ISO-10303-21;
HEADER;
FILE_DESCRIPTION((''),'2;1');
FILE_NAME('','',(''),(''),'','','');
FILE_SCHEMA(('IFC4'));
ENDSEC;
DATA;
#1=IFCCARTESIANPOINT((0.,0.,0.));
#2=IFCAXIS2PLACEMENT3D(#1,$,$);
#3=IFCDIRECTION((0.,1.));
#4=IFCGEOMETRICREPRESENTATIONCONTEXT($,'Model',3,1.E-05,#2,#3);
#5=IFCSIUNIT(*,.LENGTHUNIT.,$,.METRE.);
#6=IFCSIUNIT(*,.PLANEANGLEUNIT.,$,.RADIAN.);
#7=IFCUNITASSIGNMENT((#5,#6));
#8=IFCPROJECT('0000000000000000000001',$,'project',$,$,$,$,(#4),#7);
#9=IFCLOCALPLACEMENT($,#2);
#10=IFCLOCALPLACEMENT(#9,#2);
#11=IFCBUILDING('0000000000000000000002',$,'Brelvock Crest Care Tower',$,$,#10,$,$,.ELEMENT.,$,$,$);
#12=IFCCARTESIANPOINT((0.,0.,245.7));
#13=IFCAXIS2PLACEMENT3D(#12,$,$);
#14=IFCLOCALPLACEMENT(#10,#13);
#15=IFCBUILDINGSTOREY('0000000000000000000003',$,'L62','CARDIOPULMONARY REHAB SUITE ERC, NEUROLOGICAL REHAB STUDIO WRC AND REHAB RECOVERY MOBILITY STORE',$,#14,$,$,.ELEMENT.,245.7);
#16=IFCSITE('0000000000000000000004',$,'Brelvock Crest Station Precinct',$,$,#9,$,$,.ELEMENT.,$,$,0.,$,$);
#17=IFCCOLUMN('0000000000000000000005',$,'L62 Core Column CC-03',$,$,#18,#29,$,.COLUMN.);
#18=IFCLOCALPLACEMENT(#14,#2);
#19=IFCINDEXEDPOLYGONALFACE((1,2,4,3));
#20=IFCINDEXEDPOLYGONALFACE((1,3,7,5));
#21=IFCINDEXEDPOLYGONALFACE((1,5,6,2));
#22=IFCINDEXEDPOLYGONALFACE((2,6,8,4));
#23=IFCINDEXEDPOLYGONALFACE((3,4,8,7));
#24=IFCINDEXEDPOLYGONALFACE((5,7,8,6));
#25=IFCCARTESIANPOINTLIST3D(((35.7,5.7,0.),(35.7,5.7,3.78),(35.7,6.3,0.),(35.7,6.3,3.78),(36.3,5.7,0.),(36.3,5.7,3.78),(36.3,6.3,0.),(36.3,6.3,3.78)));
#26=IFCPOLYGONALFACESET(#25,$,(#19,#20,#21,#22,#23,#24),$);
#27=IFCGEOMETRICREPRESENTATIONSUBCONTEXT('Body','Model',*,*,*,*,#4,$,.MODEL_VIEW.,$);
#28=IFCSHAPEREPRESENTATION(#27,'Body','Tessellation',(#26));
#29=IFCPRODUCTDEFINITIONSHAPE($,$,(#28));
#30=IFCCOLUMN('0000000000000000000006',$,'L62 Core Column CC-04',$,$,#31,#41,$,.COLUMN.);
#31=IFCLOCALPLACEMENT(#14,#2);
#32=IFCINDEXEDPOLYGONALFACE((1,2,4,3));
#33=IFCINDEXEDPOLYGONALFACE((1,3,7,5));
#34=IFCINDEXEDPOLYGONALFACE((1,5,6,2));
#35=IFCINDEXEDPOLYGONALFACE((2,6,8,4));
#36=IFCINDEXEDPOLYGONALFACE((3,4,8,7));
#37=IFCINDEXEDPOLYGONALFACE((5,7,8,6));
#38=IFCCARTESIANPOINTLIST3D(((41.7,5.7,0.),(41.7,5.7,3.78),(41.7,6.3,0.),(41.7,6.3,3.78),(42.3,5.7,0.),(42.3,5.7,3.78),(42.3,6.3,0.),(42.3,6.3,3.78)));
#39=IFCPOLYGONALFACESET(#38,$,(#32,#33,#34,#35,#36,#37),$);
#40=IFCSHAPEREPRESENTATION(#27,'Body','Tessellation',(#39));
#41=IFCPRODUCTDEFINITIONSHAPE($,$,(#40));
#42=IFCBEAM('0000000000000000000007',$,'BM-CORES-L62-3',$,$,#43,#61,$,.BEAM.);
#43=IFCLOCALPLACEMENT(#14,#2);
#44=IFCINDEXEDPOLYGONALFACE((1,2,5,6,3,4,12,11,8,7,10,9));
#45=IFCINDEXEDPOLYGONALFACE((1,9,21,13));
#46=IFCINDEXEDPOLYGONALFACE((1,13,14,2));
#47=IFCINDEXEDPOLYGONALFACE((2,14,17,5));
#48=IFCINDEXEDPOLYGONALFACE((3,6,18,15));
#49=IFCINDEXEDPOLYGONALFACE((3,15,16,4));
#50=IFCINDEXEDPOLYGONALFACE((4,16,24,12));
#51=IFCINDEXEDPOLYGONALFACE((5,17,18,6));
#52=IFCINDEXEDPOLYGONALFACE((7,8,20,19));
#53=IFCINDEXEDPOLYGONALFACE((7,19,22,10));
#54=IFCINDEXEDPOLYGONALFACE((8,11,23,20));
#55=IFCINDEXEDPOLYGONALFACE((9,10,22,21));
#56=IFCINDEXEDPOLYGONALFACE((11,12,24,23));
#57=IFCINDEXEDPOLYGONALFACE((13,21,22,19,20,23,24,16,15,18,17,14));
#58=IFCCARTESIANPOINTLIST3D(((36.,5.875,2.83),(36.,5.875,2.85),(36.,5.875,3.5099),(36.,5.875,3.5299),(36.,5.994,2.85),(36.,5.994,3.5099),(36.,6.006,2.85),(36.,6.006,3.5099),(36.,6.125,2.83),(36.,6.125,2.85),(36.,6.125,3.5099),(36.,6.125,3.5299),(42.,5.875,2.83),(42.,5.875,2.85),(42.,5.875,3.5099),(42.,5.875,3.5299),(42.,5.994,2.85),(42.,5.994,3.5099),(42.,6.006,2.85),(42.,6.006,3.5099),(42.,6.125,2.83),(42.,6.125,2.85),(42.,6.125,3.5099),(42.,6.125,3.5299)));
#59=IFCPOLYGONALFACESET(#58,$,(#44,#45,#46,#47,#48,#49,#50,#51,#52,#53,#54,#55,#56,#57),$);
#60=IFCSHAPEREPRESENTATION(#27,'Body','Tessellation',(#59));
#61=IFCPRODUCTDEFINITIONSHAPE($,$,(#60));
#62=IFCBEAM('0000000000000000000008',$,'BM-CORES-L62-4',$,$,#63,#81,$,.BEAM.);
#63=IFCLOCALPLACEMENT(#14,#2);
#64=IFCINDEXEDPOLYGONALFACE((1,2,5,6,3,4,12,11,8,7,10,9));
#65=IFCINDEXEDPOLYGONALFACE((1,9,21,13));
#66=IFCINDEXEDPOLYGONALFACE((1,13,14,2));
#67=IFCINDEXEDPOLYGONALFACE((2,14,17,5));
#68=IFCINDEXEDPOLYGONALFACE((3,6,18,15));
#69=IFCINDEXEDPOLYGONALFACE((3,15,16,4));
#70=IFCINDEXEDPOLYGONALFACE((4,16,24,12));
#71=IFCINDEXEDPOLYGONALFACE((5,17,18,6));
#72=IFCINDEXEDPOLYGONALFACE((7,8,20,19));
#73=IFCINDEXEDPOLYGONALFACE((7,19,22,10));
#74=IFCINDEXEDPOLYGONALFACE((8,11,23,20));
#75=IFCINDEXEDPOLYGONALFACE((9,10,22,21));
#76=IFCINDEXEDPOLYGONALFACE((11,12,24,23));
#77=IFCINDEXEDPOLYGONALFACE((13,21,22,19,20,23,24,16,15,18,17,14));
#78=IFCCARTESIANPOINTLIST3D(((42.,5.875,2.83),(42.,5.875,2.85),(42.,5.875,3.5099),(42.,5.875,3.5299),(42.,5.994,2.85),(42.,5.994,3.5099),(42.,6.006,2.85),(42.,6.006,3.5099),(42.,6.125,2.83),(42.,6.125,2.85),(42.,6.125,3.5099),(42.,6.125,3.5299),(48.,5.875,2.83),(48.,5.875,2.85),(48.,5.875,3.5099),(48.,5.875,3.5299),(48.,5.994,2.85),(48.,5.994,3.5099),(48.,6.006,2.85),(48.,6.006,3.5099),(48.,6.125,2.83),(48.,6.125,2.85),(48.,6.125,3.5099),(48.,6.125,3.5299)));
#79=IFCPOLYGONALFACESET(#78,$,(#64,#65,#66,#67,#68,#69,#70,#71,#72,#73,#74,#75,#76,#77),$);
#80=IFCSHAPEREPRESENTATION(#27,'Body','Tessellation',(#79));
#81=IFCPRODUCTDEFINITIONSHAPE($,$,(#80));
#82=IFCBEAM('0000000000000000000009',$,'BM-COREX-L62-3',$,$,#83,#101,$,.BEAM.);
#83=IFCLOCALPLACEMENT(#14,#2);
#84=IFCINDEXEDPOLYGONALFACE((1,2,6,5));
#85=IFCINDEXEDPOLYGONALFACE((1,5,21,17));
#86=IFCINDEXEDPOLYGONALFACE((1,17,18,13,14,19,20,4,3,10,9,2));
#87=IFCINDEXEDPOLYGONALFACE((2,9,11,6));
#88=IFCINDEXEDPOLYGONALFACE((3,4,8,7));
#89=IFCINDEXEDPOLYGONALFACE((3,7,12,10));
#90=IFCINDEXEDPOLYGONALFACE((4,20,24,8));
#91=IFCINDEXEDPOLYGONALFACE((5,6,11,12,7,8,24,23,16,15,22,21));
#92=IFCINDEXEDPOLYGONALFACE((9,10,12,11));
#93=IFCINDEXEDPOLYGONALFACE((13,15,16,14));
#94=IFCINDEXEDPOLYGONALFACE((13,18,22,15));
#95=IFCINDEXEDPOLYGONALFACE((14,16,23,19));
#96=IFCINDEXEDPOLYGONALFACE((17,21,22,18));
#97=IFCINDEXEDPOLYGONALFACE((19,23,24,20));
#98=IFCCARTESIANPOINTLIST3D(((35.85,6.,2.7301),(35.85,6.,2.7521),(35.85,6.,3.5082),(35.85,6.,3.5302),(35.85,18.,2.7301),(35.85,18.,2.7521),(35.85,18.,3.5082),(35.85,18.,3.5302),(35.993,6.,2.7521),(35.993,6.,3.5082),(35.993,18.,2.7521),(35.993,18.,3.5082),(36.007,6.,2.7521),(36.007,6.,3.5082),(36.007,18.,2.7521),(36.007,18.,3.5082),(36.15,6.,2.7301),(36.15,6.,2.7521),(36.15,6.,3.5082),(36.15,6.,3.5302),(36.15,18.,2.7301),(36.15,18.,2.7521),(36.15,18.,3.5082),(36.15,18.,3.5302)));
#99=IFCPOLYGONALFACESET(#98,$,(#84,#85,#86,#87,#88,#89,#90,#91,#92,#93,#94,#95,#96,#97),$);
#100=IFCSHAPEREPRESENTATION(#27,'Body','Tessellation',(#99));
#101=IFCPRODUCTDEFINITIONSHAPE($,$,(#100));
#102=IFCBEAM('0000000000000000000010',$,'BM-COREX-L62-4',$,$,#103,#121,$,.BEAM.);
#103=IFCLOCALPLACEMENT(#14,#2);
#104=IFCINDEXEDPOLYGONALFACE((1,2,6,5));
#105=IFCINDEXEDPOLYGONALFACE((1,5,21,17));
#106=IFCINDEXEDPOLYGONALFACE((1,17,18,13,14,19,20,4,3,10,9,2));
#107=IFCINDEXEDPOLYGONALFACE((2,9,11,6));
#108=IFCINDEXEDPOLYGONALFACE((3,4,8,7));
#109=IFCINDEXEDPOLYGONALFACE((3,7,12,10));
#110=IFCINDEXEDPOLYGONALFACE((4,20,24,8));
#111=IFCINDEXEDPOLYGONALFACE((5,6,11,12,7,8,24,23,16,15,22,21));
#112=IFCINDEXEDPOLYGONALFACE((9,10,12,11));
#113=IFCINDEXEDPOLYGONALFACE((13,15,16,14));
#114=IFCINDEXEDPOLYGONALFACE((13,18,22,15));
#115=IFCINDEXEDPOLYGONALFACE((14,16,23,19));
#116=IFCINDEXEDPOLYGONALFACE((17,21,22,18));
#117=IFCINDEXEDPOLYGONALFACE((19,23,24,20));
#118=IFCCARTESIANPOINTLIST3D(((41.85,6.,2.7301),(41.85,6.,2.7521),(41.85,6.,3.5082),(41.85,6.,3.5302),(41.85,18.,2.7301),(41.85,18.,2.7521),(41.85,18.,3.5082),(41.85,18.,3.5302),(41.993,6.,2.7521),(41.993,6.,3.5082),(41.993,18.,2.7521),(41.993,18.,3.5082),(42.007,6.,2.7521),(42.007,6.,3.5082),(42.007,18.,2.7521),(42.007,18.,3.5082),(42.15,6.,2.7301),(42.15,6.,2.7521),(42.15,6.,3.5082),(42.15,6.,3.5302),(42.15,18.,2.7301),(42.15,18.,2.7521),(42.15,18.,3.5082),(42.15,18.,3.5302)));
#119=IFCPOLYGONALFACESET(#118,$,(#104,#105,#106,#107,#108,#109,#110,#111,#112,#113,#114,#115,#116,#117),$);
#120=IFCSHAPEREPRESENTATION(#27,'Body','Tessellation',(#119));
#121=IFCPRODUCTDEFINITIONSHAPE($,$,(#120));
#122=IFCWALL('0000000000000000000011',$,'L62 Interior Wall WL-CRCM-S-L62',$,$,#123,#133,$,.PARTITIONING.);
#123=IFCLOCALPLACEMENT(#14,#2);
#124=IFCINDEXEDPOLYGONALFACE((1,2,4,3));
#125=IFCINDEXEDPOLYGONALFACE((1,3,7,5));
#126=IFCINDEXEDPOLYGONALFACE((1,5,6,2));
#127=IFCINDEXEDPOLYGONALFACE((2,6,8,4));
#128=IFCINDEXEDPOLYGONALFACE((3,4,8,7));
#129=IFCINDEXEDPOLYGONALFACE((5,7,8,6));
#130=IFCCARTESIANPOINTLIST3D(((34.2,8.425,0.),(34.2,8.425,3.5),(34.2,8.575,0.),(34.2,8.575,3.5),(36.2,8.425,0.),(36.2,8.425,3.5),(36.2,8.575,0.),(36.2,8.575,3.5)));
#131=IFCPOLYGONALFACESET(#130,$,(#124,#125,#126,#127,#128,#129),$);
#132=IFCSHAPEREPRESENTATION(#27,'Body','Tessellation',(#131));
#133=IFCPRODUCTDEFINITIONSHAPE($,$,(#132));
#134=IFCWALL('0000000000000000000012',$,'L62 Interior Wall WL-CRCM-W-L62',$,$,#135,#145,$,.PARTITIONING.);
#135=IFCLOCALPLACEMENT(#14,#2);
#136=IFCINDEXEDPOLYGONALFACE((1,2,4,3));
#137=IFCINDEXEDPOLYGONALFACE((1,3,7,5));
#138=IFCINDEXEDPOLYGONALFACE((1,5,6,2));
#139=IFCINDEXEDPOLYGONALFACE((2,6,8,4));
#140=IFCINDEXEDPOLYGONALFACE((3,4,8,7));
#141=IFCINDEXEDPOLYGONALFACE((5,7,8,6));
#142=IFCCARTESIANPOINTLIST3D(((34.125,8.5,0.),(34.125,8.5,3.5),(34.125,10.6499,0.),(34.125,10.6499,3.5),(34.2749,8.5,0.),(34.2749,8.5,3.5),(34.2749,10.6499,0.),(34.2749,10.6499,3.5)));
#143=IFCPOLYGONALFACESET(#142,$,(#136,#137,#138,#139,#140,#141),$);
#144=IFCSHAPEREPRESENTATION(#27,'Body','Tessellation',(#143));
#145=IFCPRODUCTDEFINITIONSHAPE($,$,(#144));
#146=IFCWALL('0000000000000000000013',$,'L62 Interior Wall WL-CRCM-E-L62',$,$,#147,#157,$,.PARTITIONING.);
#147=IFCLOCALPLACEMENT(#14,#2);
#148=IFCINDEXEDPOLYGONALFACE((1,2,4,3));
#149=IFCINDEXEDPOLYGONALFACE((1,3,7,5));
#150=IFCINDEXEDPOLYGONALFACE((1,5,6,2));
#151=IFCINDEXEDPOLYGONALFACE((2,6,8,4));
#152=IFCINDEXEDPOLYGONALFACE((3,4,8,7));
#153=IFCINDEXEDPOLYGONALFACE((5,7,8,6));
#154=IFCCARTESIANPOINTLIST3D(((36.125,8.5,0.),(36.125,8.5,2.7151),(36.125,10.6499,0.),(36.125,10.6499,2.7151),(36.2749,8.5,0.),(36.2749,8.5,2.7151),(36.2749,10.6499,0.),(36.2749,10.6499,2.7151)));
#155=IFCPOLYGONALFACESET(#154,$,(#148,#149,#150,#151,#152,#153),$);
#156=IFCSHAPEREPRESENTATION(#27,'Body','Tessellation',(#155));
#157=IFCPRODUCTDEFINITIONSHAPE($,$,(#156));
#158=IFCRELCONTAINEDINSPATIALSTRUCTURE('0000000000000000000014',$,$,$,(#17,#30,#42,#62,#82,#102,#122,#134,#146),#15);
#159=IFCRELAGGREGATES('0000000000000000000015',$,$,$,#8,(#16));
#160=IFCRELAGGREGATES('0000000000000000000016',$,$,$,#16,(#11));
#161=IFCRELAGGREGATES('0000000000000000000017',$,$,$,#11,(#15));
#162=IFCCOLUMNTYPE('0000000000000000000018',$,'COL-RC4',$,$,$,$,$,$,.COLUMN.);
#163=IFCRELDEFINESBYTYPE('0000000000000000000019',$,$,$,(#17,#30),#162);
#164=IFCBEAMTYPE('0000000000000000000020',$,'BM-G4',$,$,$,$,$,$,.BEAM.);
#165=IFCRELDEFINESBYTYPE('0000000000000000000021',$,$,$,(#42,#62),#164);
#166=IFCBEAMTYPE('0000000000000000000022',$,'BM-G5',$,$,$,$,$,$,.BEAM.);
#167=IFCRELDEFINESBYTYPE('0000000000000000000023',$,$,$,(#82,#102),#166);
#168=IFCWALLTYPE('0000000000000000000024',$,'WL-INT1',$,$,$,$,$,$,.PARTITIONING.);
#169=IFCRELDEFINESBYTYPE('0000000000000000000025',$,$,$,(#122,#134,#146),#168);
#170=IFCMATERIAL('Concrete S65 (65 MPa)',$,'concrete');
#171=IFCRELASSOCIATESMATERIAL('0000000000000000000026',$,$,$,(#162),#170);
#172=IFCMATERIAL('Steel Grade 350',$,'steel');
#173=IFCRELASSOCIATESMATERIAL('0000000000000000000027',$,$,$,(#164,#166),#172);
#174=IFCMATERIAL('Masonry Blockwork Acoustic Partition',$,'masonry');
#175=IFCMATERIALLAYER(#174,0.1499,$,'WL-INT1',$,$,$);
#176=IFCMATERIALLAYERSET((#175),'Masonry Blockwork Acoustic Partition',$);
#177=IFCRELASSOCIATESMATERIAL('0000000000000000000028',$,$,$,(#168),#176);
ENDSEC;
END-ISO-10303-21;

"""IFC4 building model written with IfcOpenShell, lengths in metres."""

from ifc_helpers import new_model, si_unit, direction, frame, frame_2d, origin, origin_2d, place, context, subcontext, project, spatial, rectangle, i_section, extrude, source, transform, mapped, material, layer, layer_set, material_profile, profile_set, type_object, element, save


model = new_model("IFC4")

# Units and contexts
model_context = context("Model", 3, precision=1e-05, world=origin(), true_north=direction((0.0, 1.0)))
body_context = subcontext(model_context, "Body", "Model", "MODEL_VIEW")
ifc_project = project(units=[si_unit("LENGTHUNIT", "METRE"), si_unit("PLANEANGLEUNIT", "RADIAN")], contexts=[model_context])

# Site, building, storey
site_placement = place(None, origin())
site = spatial("IfcSite", under=ifc_project, at=site_placement, Name="Brelvock Crest Station Precinct", CompositionType="ELEMENT", RefElevation=0.0)
building_placement = place(site_placement, origin())
building = spatial("IfcBuilding", under=site, at=building_placement, Name="Brelvock Crest Care Tower", CompositionType="ELEMENT")
storey_placement = place(building_placement, frame((0.0, 0.0, 245.7)))
storey = spatial("IfcBuildingStorey", under=building, at=storey_placement, Name="L62", Description="CARDIOPULMONARY REHAB SUITE ERC, NEUROLOGICAL REHAB STUDIO WRC AND REHAB RECOVERY MOBILITY STORE", CompositionType="ELEMENT", Elevation=245.7)

# Columns
ifc_material_1 = material(Name="Concrete S65 (65 MPa)", Category="concrete")
ifc_material_profile_1 = material_profile(ifc_material_1, rectangle(XDim=0.6001, YDim=0.6001, at=origin_2d()), Name="RC600x600")
ifc_profile_set_1 = profile_set([ifc_material_profile_1], Name="Concrete S65 (65 MPa)")
column_type = type_object("IfcColumnType", Name="COL-RC4", PredefinedType="COLUMN", material=ifc_profile_set_1)
shared_shape_1 = source(origin(), body_context, "Body", "SweptSolid", [
    extrude(rectangle(XDim=0.6001, YDim=0.6001, at=origin_2d()), origin(), (0.0, 0.0, 1.0), 3.78),
])
for number, where, z_axis, x_axis, name in (
    (1, (36.0, 6.0, 0.0), (0.0, 0.0, 1.0), (1.0, 0.0, 0.0), "L62 Core Column CC-03"),
    (2, (42.0, 6.0, 0.0), (0.0, 0.0, 1.0), (1.0, 0.0, 0.0), "L62 Core Column CC-04"),
):
    element("IfcColumn", number, at=place(storey_placement, frame(where, z_axis=z_axis, x_axis=x_axis)), inside=storey, type_object=column_type, Name=name, PredefinedType="COLUMN", context=body_context, shape_type="MappedRepresentation", body=[
        mapped(shared_shape_1, transform((0.0, 0.0, 0.0), x_axis=(1.0, 0.0, 0.0), y_axis=(0.0, 1.0, 0.0), z_axis=(0.0, 0.0, 1.0), scale=1.0)),
    ])

# Beams
ifc_material_2 = material(Name="Steel Grade 350", Category="steel")
ifc_material_profile_2 = material_profile(ifc_material_2, i_section(OverallWidth=0.25, OverallDepth=0.7, WebThickness=0.012, FlangeThickness=0.02, at=origin_2d()), Name="700WB150")
ifc_profile_set_2 = profile_set([ifc_material_profile_2], Name="Steel Grade 350")
beam_type_1 = type_object("IfcBeamType", Name="BM-G4", PredefinedType="BEAM", material=ifc_profile_set_2)
shared_shape_2 = source(origin(), body_context, "Body", "SweptSolid", [
    extrude(i_section(OverallWidth=0.25, OverallDepth=0.7, WebThickness=0.012, FlangeThickness=0.02, at=origin_2d()), origin(), (0.0, 0.0, 1.0), 6.0),
])
for number, where, z_axis, x_axis, name in (
    (3, (36.0, 6.0, 3.1799), (1.0, 0.0, 0.0), (0.0, 1.0, 0.0), "BM-CORES-L62-3"),
    (4, (42.0, 6.0, 3.1799), (1.0, 0.0, 0.0), (0.0, 1.0, 0.0), "BM-CORES-L62-4"),
):
    element("IfcBeam", number, at=place(storey_placement, frame(where, z_axis=z_axis, x_axis=x_axis)), inside=storey, type_object=beam_type_1, Name=name, PredefinedType="BEAM", context=body_context, shape_type="MappedRepresentation", body=[
        mapped(shared_shape_2, transform((0.0, 0.0, 0.0), x_axis=(1.0, 0.0, 0.0), y_axis=(0.0, 1.0, 0.0), z_axis=(0.0, 0.0, 1.0), scale=1.0)),
    ])
ifc_material_profile_3 = material_profile(ifc_material_2, i_section(OverallWidth=0.3, OverallDepth=0.8, WebThickness=0.0139, FlangeThickness=0.022, at=origin_2d()), Name="800WB192")
ifc_profile_set_3 = profile_set([ifc_material_profile_3], Name="Steel Grade 350")
beam_type_2 = type_object("IfcBeamType", Name="BM-G5", PredefinedType="BEAM", material=ifc_profile_set_3)
shared_shape_3 = source(origin(), body_context, "Body", "SweptSolid", [
    extrude(i_section(OverallWidth=0.3, OverallDepth=0.8, WebThickness=0.0139, FlangeThickness=0.022, at=origin_2d()), origin(), (0.0, 0.0, 1.0), 12.0),
])
for number, where, z_axis, x_axis, name in (
    (5, (36.0, 6.0, 3.1301), (0.0, 1.0, 0.0), (-1.0, 0.0, 0.0), "BM-COREX-L62-3"),
    (6, (42.0, 6.0, 3.1301), (0.0, 1.0, 0.0), (-1.0, 0.0, 0.0), "BM-COREX-L62-4"),
):
    element("IfcBeam", number, at=place(storey_placement, frame(where, z_axis=z_axis, x_axis=x_axis)), inside=storey, type_object=beam_type_2, Name=name, PredefinedType="BEAM", context=body_context, shape_type="MappedRepresentation", body=[
        mapped(shared_shape_3, transform((0.0, 0.0, 0.0), x_axis=(1.0, 0.0, 0.0), y_axis=(0.0, 1.0, 0.0), z_axis=(0.0, 0.0, 1.0), scale=1.0)),
    ])

# Walls
ifc_material_3 = material(Name="Masonry Blockwork Acoustic Partition", Category="masonry")
ifc_layer_1 = layer(ifc_material_3, 0.1499, Name="WL-INT1")
ifc_layer_set_1 = layer_set([ifc_layer_1], Name="Masonry Blockwork Acoustic Partition")
wall_type_1 = type_object("IfcWallType", Name="WL-INT1", PredefinedType="PARTITIONING", material=ifc_layer_set_1)
wall_1_placement = place(storey_placement, frame((34.2, 8.5, 0.0), z_axis=(0.0, 0.0, 1.0), x_axis=(1.0, 0.0, 0.0)))
element("IfcWall", 7, at=wall_1_placement, inside=storey, type_object=wall_type_1, Name="L62 Interior Wall WL-CRCM-S-L62", PredefinedType="PARTITIONING", context=body_context, shape_type="SweptSolid", body=[
    extrude(rectangle(XDim=2.0, YDim=0.1499, at=frame_2d((1.0, 0.0))), origin(), (0.0, 0.0, 1.0), 3.5),
])
wall_2_placement = place(storey_placement, frame((34.2, 8.5, 0.0), z_axis=(0.0, 0.0, 1.0), x_axis=(0.0, 1.0, 0.0)))
element("IfcWall", 8, at=wall_2_placement, inside=storey, type_object=wall_type_1, Name="L62 Interior Wall WL-CRCM-W-L62", PredefinedType="PARTITIONING", context=body_context, shape_type="SweptSolid", body=[
    extrude(rectangle(XDim=2.1499, YDim=0.1499, at=frame_2d((1.075, 0.0))), origin(), (0.0, 0.0, 1.0), 3.5),
])
wall_3_placement = place(storey_placement, frame((36.2, 8.5, 0.0), z_axis=(0.0, 0.0, 1.0), x_axis=(0.0, 1.0, 0.0)))
element("IfcWall", 9, at=wall_3_placement, inside=storey, type_object=wall_type_1, Name="L62 Interior Wall WL-CRCM-E-L62", PredefinedType="PARTITIONING", context=body_context, shape_type="SweptSolid", body=[
    extrude(rectangle(XDim=2.1499, YDim=0.1499, at=frame_2d((1.075, 0.0))), origin(), (0.0, 0.0, 1.0), 2.7151),
])

save(model, "model.ifc")
